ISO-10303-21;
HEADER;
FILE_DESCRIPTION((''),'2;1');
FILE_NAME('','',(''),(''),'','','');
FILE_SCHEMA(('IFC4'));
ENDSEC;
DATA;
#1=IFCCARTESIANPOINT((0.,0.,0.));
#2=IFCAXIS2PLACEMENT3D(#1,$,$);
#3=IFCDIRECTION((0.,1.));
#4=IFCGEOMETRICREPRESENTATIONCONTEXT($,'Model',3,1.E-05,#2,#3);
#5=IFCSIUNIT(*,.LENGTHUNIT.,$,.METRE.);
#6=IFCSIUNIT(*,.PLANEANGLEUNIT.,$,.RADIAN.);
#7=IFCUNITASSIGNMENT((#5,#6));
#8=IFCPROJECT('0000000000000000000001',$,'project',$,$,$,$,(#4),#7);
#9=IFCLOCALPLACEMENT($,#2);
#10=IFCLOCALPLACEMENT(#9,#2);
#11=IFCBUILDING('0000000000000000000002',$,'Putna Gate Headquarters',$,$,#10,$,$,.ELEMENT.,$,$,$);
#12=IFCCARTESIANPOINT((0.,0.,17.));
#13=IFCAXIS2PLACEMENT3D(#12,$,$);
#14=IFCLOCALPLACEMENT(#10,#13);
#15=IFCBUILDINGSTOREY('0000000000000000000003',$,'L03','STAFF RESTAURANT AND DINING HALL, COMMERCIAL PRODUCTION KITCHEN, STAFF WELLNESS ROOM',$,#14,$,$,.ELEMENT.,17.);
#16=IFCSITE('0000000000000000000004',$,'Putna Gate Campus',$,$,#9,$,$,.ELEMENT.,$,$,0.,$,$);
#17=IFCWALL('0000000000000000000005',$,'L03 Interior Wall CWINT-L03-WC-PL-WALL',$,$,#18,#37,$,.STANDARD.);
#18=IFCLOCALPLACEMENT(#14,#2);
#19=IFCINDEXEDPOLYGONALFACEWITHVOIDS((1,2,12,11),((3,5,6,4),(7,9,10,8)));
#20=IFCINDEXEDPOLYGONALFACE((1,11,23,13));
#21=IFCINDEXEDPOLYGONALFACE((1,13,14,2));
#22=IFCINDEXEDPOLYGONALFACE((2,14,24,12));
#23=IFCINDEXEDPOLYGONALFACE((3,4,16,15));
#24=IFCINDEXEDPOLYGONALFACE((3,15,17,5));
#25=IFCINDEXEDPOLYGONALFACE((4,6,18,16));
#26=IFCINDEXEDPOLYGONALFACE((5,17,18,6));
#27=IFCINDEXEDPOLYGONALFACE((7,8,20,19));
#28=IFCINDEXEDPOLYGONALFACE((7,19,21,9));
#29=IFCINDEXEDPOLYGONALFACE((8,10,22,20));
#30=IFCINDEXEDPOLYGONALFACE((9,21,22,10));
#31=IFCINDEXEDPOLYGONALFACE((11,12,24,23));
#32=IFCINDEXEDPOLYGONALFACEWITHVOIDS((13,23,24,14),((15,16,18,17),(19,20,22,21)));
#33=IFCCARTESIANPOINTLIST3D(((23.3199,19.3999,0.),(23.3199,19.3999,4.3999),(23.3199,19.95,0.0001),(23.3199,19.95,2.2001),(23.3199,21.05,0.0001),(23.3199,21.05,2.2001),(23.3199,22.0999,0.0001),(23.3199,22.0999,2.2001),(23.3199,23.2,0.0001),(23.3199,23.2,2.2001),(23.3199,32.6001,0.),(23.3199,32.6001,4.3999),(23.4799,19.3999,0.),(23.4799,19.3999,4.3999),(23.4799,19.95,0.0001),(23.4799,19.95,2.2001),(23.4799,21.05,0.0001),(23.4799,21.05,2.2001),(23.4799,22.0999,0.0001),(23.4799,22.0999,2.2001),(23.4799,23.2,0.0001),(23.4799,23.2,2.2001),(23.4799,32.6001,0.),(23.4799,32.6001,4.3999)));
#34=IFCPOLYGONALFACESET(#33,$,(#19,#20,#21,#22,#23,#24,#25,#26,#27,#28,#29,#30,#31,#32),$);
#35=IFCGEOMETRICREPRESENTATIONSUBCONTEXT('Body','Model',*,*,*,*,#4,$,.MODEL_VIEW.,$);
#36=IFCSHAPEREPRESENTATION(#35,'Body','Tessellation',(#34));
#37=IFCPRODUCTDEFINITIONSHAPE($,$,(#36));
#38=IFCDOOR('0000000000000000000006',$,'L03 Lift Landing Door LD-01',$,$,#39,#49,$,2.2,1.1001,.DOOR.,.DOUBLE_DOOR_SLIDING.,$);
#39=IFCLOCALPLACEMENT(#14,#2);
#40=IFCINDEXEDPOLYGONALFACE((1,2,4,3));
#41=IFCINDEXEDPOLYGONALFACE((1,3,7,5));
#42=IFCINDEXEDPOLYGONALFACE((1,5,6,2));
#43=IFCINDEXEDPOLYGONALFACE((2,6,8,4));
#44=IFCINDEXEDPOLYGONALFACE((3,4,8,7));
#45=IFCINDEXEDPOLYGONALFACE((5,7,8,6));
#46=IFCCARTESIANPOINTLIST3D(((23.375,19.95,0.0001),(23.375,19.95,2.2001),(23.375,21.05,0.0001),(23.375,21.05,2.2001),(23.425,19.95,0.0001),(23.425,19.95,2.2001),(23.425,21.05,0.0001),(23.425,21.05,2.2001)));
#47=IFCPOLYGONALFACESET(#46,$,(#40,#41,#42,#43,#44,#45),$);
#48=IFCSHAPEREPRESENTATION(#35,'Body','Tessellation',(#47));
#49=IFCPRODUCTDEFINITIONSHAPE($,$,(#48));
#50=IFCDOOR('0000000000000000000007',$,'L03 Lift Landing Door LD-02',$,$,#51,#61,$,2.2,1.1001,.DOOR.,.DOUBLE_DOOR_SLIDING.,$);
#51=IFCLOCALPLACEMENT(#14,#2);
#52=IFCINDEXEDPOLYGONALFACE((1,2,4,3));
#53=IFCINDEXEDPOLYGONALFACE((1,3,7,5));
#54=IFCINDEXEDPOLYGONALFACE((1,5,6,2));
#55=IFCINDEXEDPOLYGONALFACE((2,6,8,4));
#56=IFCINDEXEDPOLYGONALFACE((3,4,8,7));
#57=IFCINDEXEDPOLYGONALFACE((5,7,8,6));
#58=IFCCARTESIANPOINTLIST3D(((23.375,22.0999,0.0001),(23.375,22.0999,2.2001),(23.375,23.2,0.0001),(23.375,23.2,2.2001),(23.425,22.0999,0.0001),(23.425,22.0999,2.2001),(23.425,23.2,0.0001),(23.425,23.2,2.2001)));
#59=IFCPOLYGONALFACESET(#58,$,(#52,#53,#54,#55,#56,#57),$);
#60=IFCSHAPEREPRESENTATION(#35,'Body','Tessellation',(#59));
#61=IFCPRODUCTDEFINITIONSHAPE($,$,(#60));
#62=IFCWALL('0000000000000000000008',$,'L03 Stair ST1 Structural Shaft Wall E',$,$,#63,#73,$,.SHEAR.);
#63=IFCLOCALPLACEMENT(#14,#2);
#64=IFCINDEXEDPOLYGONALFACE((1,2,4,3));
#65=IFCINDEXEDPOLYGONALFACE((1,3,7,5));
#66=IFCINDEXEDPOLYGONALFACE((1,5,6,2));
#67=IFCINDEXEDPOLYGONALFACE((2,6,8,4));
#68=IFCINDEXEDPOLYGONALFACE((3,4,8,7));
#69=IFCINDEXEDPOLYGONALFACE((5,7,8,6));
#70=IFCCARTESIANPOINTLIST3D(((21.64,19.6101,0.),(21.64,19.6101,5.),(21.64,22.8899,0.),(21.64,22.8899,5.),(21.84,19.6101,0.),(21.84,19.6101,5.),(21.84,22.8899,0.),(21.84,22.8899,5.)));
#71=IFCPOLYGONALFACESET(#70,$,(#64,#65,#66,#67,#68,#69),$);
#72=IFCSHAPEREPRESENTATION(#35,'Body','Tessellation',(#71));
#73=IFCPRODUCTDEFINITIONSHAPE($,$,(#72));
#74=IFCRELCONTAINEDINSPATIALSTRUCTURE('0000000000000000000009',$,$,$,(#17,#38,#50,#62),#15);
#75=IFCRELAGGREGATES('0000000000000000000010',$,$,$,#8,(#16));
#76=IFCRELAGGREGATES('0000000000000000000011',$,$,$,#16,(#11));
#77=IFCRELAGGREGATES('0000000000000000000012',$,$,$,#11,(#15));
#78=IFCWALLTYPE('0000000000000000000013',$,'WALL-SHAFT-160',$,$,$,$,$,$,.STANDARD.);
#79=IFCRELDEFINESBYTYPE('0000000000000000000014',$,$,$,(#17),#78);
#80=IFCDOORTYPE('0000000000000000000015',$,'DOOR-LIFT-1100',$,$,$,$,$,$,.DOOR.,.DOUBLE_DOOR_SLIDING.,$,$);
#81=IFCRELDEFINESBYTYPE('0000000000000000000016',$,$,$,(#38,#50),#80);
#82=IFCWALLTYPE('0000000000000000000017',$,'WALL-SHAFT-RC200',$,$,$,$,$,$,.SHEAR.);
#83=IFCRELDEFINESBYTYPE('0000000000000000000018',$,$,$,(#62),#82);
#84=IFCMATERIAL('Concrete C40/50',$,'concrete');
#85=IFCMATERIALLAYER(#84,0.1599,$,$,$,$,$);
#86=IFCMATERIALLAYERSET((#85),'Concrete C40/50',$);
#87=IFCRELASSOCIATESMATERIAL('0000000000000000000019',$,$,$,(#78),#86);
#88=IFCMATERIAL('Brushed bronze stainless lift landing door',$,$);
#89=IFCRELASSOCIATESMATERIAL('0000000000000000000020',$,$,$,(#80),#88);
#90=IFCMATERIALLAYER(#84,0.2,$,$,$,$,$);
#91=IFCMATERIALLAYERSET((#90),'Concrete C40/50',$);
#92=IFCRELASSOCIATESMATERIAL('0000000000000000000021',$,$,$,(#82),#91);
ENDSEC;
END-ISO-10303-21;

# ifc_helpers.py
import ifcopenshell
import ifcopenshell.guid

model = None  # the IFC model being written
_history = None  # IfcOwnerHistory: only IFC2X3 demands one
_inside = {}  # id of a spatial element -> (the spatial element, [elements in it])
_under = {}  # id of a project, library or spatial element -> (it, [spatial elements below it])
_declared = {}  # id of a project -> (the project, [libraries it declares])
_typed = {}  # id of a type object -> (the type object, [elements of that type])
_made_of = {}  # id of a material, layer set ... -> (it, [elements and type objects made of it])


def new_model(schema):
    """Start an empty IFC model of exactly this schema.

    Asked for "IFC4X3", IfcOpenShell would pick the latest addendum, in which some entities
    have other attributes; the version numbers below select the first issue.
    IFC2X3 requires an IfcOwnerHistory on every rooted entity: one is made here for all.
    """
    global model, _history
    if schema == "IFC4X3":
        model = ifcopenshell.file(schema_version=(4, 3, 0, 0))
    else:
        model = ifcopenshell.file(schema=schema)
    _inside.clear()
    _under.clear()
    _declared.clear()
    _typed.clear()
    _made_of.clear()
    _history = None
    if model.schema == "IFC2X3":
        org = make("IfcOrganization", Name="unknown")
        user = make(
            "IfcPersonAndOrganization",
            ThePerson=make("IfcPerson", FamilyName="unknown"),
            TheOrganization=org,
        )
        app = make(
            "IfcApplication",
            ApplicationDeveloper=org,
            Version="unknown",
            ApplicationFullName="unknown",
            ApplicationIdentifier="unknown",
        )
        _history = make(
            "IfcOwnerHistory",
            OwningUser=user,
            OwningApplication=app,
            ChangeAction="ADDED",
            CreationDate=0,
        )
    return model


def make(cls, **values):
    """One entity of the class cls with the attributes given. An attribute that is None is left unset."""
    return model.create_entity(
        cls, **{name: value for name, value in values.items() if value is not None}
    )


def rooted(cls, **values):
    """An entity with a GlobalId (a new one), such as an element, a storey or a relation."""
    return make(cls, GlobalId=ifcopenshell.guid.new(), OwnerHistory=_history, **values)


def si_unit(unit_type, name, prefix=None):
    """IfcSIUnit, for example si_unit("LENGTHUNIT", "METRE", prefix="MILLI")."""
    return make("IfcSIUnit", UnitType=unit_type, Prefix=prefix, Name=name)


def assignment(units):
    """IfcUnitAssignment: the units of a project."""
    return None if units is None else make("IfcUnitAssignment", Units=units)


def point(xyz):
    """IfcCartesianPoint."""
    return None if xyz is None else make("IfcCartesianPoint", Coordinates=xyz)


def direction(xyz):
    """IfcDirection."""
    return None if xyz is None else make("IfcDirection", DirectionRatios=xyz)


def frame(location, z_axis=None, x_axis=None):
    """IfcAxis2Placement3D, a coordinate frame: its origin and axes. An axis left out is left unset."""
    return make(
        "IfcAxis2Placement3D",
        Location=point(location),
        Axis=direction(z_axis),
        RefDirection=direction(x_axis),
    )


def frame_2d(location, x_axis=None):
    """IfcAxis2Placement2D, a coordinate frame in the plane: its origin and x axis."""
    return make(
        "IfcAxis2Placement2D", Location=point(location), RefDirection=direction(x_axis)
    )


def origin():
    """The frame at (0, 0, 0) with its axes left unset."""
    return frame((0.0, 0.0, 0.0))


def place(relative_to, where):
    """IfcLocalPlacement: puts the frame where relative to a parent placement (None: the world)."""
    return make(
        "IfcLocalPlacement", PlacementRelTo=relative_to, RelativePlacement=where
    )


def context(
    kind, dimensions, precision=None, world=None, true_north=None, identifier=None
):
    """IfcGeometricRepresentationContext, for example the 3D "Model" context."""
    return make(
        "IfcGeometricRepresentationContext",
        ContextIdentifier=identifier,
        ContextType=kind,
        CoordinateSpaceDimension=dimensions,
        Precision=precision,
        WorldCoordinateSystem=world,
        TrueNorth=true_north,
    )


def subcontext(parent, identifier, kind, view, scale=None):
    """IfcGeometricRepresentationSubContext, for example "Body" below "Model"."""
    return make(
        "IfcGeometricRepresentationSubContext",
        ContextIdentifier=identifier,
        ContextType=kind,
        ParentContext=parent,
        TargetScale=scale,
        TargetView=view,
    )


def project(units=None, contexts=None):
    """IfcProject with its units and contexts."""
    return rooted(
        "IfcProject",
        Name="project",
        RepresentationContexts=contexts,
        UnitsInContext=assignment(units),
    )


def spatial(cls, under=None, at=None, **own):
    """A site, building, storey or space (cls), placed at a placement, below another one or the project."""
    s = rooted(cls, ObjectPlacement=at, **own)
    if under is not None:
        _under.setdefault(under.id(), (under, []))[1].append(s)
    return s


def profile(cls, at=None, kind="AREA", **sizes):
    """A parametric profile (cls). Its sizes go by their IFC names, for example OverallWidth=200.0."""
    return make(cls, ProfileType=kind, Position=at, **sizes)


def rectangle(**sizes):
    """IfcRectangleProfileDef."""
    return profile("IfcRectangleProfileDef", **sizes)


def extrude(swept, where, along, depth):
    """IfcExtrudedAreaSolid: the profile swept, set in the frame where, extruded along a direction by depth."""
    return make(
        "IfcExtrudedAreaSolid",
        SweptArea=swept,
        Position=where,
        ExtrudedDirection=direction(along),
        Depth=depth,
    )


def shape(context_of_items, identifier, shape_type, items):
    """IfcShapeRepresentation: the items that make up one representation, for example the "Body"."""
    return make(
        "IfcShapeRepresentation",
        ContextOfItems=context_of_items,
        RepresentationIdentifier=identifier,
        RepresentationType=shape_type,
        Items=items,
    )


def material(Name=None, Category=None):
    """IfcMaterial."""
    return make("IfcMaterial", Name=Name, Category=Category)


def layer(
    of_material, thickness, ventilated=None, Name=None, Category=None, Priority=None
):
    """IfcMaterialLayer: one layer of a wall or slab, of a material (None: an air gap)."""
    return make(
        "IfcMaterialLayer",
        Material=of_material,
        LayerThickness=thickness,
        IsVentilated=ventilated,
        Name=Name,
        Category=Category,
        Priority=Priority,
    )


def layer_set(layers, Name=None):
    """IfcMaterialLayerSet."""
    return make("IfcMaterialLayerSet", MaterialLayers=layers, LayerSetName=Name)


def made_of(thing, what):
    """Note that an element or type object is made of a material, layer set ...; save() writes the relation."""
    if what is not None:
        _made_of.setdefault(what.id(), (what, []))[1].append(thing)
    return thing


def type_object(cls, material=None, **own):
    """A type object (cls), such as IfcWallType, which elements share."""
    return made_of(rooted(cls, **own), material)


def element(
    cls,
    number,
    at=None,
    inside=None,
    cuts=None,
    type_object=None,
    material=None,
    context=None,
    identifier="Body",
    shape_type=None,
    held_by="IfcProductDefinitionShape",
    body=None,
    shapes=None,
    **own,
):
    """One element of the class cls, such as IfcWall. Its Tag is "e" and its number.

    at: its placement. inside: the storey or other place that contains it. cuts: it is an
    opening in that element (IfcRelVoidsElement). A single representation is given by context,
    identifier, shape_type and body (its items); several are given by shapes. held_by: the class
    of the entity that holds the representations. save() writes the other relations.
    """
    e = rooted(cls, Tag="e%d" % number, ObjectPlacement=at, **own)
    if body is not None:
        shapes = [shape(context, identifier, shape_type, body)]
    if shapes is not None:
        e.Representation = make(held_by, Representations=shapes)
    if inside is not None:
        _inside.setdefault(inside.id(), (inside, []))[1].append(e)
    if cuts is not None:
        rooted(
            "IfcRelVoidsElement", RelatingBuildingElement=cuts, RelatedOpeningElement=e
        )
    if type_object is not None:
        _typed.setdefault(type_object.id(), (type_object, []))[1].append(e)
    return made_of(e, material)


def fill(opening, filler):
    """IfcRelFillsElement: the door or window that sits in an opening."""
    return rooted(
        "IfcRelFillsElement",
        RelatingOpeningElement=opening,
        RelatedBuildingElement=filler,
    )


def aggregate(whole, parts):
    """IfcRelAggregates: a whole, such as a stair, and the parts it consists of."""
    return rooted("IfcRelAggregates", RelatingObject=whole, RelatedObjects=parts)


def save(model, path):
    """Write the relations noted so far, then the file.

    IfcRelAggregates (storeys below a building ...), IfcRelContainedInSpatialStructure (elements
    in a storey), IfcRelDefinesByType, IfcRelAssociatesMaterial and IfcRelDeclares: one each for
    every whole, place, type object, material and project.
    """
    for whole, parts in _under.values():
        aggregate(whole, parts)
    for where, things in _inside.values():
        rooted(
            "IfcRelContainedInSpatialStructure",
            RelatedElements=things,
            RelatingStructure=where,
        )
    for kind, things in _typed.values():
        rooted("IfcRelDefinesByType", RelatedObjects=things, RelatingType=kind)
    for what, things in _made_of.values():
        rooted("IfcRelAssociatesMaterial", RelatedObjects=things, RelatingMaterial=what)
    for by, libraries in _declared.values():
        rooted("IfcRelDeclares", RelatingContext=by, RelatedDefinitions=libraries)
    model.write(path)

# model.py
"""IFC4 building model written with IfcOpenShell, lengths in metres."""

from ifc_helpers import new_model, si_unit, direction, frame, frame_2d, origin, place, context, subcontext, project, spatial, rectangle, extrude, material, layer, layer_set, type_object, element, fill, save


model = new_model("IFC4")

# Units and contexts
model_context = context("Model", 3, precision=1e-05, world=origin(), true_north=direction((0.0, 1.0)))
body_context = subcontext(model_context, "Body", "Model", "MODEL_VIEW")
ifc_project = project(units=[si_unit("LENGTHUNIT", "METRE"), si_unit("PLANEANGLEUNIT", "RADIAN")], contexts=[model_context])

# Site, building, storey
site_placement = place(None, origin())
site = spatial("IfcSite", under=ifc_project, at=site_placement, Name="Putna Gate Campus", CompositionType="ELEMENT", RefElevation=0.0)
building_placement = place(site_placement, origin())
building = spatial("IfcBuilding", under=site, at=building_placement, Name="Putna Gate Headquarters", CompositionType="ELEMENT")
storey_placement = place(building_placement, frame((0.0, 0.0, 17.0)))
storey = spatial("IfcBuildingStorey", under=building, at=storey_placement, Name="L03", Description="STAFF RESTAURANT AND DINING HALL, COMMERCIAL PRODUCTION KITCHEN, STAFF WELLNESS ROOM", CompositionType="ELEMENT", Elevation=17.0)

# Wall, openings, doors
ifc_material_1 = material(Name="Concrete C40/50", Category="concrete")
ifc_layer_1 = layer(ifc_material_1, 0.1599)
ifc_layer_set_1 = layer_set([ifc_layer_1], Name="Concrete C40/50")
wall_type_1 = type_object("IfcWallType", Name="WALL-SHAFT-160", PredefinedType="STANDARD", material=ifc_layer_set_1)
wall_1_placement = place(storey_placement, frame((23.3999, 19.3999, 0.0), z_axis=(0.0, 0.0, 1.0), x_axis=(0.0, 1.0, 0.0)))
wall_1 = element("IfcWall", 1, at=wall_1_placement, inside=storey, type_object=wall_type_1, Name="L03 Interior Wall CWINT-L03-WC-PL-WALL", PredefinedType="STANDARD", context=body_context, shape_type="SweptSolid", body=[
    extrude(rectangle(XDim=13.2002, YDim=0.1599, at=frame_2d((6.6001, 0.0))), origin(), (0.0, 0.0, 1.0), 4.3999),
])
opening_1_placement = place(wall_1_placement, frame((0.55, 0.0, 0.0)))
opening_1 = element("IfcOpeningElement", 2, at=opening_1_placement, cuts=wall_1, PredefinedType="OPENING", context=body_context, shape_type="SweptSolid", body=[
    extrude(rectangle(XDim=1.1001, YDim=2.2, at=frame_2d((0.55, 1.1001))), frame((0.0, 0.0898, 0.0), z_axis=(0.0, -1.0, 0.0), x_axis=(1.0, 0.0, 0.0)), (0.0, 0.0, 1.0), 0.1799),
])
opening_2_placement = place(wall_1_placement, frame((2.7, 0.0, 0.0)))
opening_2 = element("IfcOpeningElement", 3, at=opening_2_placement, cuts=wall_1, PredefinedType="OPENING", context=body_context, shape_type="SweptSolid", body=[
    extrude(rectangle(XDim=1.1001, YDim=2.2, at=frame_2d((0.55, 1.1001))), frame((0.0, 0.0898, 0.0), z_axis=(0.0, -1.0, 0.0), x_axis=(1.0, 0.0, 0.0)), (0.0, 0.0, 1.0), 0.1799),
])
ifc_material_2 = material(Name="Brushed bronze stainless lift landing door")
door_type = type_object("IfcDoorType", Name="DOOR-LIFT-1100", OperationType="DOUBLE_DOOR_SLIDING", PredefinedType="DOOR", material=ifc_material_2)
door_1_placement = place(opening_1_placement, origin())
door_1 = element("IfcDoor", 4, at=door_1_placement, inside=storey, type_object=door_type, Name="L03 Lift Landing Door LD-01", OperationType="DOUBLE_DOOR_SLIDING", OverallHeight=2.2, OverallWidth=1.1001, PredefinedType="DOOR", context=body_context, shape_type="SweptSolid", body=[
    extrude(rectangle(XDim=1.1001, YDim=2.2, at=frame_2d((0.55, 1.1001))), frame((0.0, 0.0249, 0.0), z_axis=(0.0, -1.0, 0.0), x_axis=(1.0, 0.0, 0.0)), (0.0, 0.0, 1.0), 0.05),
])
fill(opening_1, door_1)
door_2_placement = place(opening_2_placement, origin())
door_2 = element("IfcDoor", 5, at=door_2_placement, inside=storey, type_object=door_type, Name="L03 Lift Landing Door LD-02", OperationType="DOUBLE_DOOR_SLIDING", OverallHeight=2.2, OverallWidth=1.1001, PredefinedType="DOOR", context=body_context, shape_type="SweptSolid", body=[
    extrude(rectangle(XDim=1.1001, YDim=2.2, at=frame_2d((0.55, 1.1001))), frame((0.0, 0.0249, 0.0), z_axis=(0.0, -1.0, 0.0), x_axis=(1.0, 0.0, 0.0)), (0.0, 0.0, 1.0), 0.05),
])
fill(opening_2, door_2)

# Wall
ifc_layer_2 = layer(ifc_material_1, 0.2)
ifc_layer_set_2 = layer_set([ifc_layer_2], Name="Concrete C40/50")
wall_type_2 = type_object("IfcWallType", Name="WALL-SHAFT-RC200", PredefinedType="SHEAR", material=ifc_layer_set_2)
wall_2_placement = place(storey_placement, frame((21.74, 19.6101, 0.0), z_axis=(0.0, 0.0, 1.0), x_axis=(0.0, 1.0, 0.0)))
element("IfcWall", 6, at=wall_2_placement, inside=storey, type_object=wall_type_2, Name="L03 Stair ST1 Structural Shaft Wall E", PredefinedType="SHEAR", context=body_context, shape_type="SweptSolid", body=[
    extrude(rectangle(XDim=3.2798, YDim=0.2, at=frame_2d((1.6399, 0.0))), origin(), (0.0, 0.0, 1.0), 5.0),
])

save(model, "model.ifc")
